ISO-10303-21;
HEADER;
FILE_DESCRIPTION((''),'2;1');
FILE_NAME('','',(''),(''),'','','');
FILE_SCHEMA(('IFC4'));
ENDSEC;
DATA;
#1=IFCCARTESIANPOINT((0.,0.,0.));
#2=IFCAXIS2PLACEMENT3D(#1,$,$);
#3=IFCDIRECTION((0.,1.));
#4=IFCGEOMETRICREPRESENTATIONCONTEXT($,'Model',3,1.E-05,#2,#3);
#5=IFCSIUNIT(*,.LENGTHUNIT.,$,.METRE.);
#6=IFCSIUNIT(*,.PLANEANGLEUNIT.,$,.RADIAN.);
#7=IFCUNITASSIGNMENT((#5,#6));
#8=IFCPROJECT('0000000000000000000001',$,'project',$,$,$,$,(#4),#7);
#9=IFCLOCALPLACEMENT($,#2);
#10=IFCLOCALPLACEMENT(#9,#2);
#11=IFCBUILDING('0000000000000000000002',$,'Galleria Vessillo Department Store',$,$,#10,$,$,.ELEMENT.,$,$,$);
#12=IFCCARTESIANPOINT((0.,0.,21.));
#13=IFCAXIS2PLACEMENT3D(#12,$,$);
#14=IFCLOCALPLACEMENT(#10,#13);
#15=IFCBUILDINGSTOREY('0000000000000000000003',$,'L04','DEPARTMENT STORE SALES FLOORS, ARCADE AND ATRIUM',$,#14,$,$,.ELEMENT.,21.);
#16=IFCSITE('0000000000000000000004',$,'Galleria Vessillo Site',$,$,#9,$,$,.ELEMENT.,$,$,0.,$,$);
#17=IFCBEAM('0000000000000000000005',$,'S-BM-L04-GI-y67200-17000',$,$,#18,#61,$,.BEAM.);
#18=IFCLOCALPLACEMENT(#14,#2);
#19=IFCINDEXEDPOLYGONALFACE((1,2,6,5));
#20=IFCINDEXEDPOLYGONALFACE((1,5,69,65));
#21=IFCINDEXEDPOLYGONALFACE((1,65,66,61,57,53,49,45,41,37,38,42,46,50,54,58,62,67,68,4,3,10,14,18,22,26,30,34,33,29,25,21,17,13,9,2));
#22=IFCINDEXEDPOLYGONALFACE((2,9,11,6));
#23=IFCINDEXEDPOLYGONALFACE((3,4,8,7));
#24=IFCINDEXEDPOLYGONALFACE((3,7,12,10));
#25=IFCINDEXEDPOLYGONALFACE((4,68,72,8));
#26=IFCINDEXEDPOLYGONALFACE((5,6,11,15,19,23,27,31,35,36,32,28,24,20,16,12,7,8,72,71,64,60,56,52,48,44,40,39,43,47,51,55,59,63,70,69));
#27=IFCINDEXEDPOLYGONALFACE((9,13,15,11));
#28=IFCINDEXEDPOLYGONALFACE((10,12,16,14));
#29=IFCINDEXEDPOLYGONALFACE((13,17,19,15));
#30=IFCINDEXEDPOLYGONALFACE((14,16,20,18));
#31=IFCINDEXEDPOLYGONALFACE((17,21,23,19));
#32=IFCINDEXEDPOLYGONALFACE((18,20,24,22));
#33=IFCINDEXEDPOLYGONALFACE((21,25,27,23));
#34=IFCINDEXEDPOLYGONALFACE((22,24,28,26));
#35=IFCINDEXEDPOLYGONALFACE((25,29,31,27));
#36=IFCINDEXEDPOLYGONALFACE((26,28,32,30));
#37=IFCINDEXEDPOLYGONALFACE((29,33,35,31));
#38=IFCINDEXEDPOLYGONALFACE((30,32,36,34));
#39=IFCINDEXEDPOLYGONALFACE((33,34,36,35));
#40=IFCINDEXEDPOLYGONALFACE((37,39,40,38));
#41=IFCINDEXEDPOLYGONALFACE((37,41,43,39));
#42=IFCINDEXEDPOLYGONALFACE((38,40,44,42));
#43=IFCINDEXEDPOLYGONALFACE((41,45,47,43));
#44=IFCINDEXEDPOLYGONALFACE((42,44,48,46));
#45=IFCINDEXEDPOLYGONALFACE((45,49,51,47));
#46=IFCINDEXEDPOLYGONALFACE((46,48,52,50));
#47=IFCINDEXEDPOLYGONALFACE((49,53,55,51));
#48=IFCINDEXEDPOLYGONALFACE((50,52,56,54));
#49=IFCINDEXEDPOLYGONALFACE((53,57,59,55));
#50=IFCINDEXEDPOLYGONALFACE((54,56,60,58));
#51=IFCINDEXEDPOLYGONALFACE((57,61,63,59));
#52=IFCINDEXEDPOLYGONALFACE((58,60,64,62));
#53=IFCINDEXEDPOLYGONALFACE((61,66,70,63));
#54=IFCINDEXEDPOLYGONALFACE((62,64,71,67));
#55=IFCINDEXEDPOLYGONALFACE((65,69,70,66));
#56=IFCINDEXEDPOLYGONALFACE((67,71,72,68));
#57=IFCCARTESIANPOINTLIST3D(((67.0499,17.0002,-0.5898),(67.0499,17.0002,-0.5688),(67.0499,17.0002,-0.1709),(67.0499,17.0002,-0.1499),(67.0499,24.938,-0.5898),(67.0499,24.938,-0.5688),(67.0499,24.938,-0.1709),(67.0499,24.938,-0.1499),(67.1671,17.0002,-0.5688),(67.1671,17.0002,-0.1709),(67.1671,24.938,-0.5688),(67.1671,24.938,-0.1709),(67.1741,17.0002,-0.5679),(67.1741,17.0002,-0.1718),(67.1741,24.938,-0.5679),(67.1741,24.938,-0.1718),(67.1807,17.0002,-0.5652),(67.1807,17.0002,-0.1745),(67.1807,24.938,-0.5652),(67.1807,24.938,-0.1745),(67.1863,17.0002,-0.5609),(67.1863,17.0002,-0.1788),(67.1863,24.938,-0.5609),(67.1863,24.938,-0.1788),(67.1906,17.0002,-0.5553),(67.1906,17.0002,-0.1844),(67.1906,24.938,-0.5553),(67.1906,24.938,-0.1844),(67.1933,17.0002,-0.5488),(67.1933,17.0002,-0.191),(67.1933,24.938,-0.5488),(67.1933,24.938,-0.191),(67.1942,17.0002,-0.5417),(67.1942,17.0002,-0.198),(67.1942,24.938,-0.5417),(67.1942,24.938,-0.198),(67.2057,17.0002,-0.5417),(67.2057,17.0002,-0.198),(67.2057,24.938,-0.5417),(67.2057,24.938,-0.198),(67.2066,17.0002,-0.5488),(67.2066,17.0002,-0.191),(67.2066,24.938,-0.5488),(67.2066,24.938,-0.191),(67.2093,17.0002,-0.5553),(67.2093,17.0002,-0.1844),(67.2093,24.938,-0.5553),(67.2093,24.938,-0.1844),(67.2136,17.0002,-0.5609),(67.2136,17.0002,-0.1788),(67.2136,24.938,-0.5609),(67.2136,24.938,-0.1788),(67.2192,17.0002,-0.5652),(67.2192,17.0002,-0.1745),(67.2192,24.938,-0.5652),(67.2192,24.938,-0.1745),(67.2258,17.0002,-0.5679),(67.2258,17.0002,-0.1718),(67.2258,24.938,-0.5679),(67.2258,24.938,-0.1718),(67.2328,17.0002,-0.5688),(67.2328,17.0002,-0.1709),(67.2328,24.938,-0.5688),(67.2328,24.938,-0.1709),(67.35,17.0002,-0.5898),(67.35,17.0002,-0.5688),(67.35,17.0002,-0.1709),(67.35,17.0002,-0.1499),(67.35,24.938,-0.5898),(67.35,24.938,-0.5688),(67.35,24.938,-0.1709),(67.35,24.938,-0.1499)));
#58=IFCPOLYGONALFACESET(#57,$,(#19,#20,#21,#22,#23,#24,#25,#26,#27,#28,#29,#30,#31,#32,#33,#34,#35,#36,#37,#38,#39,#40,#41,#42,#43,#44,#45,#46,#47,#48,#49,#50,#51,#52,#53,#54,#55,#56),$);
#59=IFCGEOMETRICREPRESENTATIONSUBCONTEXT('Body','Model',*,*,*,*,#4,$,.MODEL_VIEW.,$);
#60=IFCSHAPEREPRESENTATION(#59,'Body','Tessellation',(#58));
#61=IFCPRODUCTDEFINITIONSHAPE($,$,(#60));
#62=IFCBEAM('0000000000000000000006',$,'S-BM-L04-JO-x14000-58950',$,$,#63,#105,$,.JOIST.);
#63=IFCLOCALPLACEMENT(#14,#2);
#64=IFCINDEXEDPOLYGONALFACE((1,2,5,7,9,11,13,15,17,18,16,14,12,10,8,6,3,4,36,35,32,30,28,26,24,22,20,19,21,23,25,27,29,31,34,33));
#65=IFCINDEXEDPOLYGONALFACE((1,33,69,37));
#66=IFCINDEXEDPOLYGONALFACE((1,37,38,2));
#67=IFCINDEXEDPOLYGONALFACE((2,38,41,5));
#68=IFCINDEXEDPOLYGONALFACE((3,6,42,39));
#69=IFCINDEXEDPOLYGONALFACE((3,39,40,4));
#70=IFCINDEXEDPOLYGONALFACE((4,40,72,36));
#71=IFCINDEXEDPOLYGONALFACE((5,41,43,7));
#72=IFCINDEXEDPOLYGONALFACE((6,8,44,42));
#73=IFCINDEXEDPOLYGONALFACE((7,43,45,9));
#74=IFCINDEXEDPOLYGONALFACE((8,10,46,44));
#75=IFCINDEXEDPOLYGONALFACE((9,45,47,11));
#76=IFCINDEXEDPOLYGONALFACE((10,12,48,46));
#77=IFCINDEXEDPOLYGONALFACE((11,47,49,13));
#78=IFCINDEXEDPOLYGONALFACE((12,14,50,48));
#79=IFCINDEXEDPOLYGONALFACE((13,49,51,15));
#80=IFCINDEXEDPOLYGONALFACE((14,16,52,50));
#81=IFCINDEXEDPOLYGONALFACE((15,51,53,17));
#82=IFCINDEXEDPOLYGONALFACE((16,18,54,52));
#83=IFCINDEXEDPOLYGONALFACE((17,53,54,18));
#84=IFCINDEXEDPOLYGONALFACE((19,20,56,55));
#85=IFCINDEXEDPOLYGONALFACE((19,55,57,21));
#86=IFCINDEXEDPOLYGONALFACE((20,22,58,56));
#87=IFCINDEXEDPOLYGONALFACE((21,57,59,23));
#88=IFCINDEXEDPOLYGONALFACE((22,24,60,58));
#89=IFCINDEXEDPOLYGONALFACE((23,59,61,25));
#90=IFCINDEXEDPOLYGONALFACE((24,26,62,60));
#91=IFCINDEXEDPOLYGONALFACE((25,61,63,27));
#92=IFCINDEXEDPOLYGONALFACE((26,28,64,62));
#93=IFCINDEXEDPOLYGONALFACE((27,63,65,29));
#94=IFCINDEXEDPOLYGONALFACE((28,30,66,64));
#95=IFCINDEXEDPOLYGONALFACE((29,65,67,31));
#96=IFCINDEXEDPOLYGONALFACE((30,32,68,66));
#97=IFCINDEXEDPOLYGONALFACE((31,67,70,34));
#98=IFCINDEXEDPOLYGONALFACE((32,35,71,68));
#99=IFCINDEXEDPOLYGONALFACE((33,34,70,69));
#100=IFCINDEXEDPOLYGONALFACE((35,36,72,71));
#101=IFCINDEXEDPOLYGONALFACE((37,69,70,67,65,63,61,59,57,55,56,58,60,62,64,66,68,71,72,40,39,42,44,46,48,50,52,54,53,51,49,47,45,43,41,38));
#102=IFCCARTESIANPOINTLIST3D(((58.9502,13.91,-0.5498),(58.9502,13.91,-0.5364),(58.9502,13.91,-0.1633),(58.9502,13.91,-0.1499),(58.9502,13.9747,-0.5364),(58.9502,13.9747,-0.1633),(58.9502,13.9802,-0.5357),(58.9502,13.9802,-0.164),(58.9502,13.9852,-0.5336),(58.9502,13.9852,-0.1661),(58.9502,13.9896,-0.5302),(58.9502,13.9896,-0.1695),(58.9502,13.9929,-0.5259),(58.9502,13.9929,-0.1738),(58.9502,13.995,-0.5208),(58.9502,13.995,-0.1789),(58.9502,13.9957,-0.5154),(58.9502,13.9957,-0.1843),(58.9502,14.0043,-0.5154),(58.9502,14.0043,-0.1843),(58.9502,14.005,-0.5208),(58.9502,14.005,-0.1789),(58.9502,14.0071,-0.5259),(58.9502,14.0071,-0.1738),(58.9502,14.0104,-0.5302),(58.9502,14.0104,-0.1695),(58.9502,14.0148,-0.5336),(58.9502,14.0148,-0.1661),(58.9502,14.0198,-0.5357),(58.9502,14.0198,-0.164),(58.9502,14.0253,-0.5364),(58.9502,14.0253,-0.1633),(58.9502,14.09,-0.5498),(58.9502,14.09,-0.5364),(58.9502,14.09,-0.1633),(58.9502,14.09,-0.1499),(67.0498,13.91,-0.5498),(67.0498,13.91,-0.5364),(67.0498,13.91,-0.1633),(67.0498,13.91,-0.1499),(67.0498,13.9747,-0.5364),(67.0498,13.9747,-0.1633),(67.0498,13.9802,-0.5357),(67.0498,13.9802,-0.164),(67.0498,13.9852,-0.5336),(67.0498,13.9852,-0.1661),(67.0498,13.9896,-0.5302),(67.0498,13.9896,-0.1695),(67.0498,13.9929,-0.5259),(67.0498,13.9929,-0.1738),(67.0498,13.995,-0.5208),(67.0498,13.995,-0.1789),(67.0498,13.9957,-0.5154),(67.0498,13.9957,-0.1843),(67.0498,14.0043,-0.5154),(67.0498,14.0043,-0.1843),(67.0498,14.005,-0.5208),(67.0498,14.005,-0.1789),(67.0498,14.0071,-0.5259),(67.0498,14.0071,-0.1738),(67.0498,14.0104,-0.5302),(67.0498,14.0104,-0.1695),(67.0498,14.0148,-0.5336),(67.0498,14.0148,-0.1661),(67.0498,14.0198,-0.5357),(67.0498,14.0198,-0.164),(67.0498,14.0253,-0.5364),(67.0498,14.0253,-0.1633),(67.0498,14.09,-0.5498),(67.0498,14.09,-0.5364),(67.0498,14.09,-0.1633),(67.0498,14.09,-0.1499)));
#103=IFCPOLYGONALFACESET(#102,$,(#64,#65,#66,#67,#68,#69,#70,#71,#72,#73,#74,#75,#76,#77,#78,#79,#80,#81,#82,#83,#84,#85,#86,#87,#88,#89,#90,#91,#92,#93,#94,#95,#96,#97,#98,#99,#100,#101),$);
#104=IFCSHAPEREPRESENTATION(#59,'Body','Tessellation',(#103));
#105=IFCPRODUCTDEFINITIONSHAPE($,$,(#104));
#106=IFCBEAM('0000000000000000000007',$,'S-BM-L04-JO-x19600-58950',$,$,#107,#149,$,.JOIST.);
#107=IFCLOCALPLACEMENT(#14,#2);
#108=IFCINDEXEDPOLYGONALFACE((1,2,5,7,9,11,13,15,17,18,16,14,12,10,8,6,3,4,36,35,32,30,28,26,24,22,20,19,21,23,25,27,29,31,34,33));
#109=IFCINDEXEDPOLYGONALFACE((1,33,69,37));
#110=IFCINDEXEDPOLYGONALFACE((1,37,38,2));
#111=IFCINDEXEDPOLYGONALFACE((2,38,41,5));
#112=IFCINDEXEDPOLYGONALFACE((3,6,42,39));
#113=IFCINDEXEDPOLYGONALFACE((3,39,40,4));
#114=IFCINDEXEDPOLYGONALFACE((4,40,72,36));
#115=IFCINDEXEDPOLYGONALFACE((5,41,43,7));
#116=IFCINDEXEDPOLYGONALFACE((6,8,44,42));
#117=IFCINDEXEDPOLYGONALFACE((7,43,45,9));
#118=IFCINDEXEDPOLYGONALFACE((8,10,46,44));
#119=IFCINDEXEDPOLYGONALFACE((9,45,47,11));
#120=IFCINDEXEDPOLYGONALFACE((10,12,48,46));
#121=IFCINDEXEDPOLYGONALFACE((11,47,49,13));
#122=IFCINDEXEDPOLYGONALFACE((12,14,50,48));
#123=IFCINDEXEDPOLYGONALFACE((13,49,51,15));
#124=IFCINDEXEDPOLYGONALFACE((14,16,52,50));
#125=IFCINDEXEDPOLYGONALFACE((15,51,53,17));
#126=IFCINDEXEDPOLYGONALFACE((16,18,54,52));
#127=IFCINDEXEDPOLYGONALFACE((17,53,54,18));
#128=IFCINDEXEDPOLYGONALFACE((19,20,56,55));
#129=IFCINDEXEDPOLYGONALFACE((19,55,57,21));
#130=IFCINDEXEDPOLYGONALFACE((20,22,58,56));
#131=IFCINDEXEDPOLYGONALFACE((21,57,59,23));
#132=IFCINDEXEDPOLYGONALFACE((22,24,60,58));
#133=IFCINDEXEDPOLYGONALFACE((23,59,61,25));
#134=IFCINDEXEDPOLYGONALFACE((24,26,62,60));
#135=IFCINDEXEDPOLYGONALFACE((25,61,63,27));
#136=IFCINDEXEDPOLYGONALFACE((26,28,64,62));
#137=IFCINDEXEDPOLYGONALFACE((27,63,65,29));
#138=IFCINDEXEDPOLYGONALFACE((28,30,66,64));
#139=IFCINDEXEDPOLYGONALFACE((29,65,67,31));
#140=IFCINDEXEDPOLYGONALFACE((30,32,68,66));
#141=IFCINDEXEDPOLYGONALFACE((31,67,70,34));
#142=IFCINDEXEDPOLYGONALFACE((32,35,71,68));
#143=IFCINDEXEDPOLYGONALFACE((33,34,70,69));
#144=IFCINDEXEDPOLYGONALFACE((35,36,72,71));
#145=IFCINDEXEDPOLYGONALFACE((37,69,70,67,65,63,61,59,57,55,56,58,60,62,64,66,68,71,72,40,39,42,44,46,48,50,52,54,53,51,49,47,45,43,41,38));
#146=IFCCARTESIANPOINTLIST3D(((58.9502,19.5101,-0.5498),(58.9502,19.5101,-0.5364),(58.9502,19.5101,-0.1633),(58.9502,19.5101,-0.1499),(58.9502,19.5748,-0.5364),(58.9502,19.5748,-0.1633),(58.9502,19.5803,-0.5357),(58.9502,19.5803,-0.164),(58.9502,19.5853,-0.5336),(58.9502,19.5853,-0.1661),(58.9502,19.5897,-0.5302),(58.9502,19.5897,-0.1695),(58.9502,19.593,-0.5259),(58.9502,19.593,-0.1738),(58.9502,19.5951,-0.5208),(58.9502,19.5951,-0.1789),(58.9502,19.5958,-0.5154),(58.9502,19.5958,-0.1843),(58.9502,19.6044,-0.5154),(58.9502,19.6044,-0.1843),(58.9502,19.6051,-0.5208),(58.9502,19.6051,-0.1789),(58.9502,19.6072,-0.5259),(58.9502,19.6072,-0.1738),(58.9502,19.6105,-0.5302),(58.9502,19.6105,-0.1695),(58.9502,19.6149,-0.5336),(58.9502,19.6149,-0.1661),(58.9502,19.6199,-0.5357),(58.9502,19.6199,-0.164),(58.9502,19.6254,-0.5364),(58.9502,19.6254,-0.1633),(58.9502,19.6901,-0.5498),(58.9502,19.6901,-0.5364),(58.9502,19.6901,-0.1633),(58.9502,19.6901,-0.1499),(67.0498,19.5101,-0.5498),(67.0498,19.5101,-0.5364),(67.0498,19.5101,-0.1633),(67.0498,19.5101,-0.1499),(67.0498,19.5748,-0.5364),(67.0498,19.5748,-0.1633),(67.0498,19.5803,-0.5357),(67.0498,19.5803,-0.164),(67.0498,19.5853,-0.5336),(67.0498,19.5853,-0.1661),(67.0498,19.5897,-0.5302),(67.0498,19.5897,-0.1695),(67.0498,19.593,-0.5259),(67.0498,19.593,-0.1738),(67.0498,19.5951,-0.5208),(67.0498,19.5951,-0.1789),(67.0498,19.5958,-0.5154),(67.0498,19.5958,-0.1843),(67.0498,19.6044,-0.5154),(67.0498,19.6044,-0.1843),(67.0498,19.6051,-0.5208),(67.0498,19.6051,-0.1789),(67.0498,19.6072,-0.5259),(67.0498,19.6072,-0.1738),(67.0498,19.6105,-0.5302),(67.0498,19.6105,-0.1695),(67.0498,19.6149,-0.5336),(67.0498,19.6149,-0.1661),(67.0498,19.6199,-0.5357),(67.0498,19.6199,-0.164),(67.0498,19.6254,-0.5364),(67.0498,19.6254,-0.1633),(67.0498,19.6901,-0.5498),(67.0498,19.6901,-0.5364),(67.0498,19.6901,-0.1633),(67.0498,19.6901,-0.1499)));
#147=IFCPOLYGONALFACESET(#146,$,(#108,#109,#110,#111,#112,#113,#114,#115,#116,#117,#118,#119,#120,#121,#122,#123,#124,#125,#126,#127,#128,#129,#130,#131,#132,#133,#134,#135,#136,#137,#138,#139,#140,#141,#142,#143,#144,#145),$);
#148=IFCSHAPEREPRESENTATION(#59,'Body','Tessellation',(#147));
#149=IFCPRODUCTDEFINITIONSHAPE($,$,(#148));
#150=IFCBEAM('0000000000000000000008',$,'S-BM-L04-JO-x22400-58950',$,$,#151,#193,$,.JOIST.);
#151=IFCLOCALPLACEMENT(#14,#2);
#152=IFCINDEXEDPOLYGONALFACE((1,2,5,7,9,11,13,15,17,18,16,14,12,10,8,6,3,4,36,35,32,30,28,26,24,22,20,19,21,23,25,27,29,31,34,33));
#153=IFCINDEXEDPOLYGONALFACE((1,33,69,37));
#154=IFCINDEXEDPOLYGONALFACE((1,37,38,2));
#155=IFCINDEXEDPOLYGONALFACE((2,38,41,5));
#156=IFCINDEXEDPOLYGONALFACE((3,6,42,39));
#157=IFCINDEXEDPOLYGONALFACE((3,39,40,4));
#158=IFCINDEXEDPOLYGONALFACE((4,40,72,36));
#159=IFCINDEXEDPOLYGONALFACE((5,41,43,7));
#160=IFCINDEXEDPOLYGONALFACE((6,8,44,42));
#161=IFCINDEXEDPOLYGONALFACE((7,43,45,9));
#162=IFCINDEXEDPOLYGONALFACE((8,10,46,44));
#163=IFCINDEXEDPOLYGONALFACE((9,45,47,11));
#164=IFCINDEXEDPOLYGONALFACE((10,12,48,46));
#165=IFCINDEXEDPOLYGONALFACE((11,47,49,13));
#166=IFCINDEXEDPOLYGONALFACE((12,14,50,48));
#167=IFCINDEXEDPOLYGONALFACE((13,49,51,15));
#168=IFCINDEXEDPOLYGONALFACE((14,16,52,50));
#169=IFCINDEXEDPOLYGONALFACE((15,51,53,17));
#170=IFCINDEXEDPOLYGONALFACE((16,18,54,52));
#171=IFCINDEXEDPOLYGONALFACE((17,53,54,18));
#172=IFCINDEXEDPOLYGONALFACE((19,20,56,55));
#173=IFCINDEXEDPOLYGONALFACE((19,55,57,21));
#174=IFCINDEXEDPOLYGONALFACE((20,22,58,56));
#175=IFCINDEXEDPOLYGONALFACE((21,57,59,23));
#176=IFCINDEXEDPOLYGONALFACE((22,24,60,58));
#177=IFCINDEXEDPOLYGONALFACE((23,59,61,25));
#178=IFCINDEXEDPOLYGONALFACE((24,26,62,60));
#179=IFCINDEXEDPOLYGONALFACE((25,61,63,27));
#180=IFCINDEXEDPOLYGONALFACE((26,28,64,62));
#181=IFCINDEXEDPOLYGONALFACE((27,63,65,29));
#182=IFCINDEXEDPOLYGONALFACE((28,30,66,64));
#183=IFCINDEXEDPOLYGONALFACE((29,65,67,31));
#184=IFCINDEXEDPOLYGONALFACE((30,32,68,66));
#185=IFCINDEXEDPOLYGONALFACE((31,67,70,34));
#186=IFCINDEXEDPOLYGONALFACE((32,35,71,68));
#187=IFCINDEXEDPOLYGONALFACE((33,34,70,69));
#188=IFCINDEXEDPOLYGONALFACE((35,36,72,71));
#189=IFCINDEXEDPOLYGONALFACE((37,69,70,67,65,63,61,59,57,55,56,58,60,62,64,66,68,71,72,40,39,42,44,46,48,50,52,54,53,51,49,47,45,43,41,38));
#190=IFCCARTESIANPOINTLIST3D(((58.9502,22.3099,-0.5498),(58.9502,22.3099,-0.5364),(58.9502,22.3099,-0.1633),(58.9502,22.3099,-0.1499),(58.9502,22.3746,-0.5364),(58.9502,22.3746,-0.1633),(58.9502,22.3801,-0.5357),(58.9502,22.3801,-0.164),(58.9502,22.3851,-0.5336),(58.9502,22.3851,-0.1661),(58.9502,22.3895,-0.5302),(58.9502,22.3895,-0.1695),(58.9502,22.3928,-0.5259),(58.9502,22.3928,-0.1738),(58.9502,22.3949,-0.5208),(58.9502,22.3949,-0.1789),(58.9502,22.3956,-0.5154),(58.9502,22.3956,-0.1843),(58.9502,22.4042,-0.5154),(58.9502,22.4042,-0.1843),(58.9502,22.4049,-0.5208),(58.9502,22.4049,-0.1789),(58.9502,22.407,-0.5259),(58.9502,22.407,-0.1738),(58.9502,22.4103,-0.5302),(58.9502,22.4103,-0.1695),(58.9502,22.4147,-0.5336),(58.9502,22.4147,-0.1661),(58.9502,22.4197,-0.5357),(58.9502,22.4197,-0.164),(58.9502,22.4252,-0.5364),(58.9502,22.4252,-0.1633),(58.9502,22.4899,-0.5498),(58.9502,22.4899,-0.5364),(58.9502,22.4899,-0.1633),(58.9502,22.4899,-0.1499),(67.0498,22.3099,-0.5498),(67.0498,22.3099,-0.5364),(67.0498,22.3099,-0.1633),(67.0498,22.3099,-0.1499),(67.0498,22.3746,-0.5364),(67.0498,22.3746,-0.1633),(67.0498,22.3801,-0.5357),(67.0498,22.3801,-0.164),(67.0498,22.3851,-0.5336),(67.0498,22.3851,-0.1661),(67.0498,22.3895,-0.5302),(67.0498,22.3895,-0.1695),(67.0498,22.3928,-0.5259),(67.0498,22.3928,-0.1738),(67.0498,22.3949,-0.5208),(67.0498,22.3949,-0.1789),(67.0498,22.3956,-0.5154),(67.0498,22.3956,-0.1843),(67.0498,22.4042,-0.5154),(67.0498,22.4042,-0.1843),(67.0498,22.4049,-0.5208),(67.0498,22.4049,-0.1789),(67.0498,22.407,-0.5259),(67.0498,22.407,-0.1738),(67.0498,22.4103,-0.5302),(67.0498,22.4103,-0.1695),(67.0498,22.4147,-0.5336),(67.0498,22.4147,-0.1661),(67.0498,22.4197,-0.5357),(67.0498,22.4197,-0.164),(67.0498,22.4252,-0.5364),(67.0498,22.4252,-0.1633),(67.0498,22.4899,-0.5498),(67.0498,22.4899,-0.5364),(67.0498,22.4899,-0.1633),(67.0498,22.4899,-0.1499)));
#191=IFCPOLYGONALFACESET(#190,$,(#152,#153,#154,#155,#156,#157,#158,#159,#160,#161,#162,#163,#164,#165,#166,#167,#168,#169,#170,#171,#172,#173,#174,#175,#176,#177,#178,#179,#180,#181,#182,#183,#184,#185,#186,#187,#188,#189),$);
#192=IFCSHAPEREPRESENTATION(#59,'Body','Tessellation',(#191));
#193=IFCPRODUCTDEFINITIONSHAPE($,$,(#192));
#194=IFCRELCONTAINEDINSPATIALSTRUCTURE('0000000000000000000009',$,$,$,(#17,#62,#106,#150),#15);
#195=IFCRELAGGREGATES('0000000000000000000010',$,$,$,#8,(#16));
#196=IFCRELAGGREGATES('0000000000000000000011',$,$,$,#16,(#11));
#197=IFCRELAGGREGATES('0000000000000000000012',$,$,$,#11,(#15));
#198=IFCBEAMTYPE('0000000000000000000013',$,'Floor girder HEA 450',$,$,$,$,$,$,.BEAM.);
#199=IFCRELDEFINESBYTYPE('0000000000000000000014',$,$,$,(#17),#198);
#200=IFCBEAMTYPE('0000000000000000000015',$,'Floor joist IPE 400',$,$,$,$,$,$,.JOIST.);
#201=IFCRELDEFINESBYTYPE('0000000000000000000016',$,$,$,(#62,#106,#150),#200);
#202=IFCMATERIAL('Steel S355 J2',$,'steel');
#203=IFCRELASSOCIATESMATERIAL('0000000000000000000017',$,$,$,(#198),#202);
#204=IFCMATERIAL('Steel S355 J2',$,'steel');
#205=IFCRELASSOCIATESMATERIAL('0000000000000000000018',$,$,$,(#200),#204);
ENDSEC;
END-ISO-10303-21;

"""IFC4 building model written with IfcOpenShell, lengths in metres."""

from ifc_helpers import new_model, si_unit, direction, frame, origin, origin_2d, place, context, subcontext, project, spatial, i_section, extrude, material, material_profile, profile_set, type_object, element, save


model = new_model("IFC4")

# Units and contexts
model_context = context("Model", 3, precision=1e-05, world=origin(), true_north=direction((0.0, 1.0)))
body_context = subcontext(model_context, "Body", "Model", "MODEL_VIEW")
ifc_project = project(units=[si_unit("LENGTHUNIT", "METRE"), si_unit("PLANEANGLEUNIT", "RADIAN")], contexts=[model_context])

# Site, building, storey
site_placement = place(None, origin())
site = spatial("IfcSite", under=ifc_project, at=site_placement, Name="Galleria Vessillo Site", CompositionType="ELEMENT", RefElevation=0.0)
building_placement = place(site_placement, origin())
building = spatial("IfcBuilding", under=site, at=building_placement, Name="Galleria Vessillo Department Store", CompositionType="ELEMENT")
storey_placement = place(building_placement, frame((0.0, 0.0, 21.0)))
storey = spatial("IfcBuildingStorey", under=building, at=storey_placement, Name="L04", Description="DEPARTMENT STORE SALES FLOORS, ARCADE AND ATRIUM", CompositionType="ELEMENT", Elevation=21.0)

# Beams
ifc_material_1 = material(Name="Steel S355 J2", Category="steel")
ifc_material_profile_1 = material_profile(ifc_material_1, i_section(OverallWidth=0.3, OverallDepth=0.4399, WebThickness=0.0115, FlangeThickness=0.021, FilletRadius=0.0271, at=origin_2d()), Name="HEA 450")
ifc_profile_set_1 = profile_set([ifc_material_profile_1], Name="Steel S355 J2")
beam_type_1 = type_object("IfcBeamType", Name="Floor girder HEA 450", PredefinedType="BEAM", material=ifc_profile_set_1)
for number, where, z_axis, x_axis, name in (
    (1, (67.2, 17.0002, -0.3699), (0.0, 1.0, 0.0), (-1.0, 0.0, 0.0), "S-BM-L04-GI-y67200-17000"),
):
    element("IfcBeam", number, at=place(storey_placement, frame(where, z_axis=z_axis, x_axis=x_axis)), inside=storey, type_object=beam_type_1, Name=name, PredefinedType="BEAM", context=body_context, shape_type="SweptSolid", body=[
        extrude(i_section(OverallWidth=0.3, OverallDepth=0.4399, WebThickness=0.0115, FlangeThickness=0.021, FilletRadius=0.0271, at=origin_2d()), origin(), (0.0, 0.0, 1.0), 7.9377),
    ])
ifc_material_2 = material(Name="Steel S355 J2", Category="steel")
ifc_material_profile_2 = material_profile(ifc_material_2, i_section(OverallWidth=0.1799, OverallDepth=0.3999, WebThickness=0.0085, FlangeThickness=0.0134, FilletRadius=0.021, at=origin_2d()), Name="IPE 400")
ifc_profile_set_2 = profile_set([ifc_material_profile_2], Name="Steel S355 J2")
beam_type_2 = type_object("IfcBeamType", Name="Floor joist IPE 400", PredefinedType="JOIST", material=ifc_profile_set_2)
for number, where, z_axis, x_axis, name in (
    (2, (58.9502, 14.0, -0.3499), (1.0, 0.0, 0.0), (0.0, 1.0, 0.0), "S-BM-L04-JO-x14000-58950"),
    (3, (58.9502, 19.6001, -0.3499), (1.0, 0.0, 0.0), (0.0, 1.0, 0.0), "S-BM-L04-JO-x19600-58950"),
    (4, (58.9502, 22.3999, -0.3499), (1.0, 0.0, 0.0), (0.0, 1.0, 0.0), "S-BM-L04-JO-x22400-58950"),
):
    element("IfcBeam", number, at=place(storey_placement, frame(where, z_axis=z_axis, x_axis=x_axis)), inside=storey, type_object=beam_type_2, Name=name, PredefinedType="JOIST", context=body_context, shape_type="SweptSolid", body=[
        extrude(i_section(OverallWidth=0.1799, OverallDepth=0.3999, WebThickness=0.0085, FlangeThickness=0.0134, FilletRadius=0.021, at=origin_2d()), origin(), (0.0, 0.0, 1.0), 8.0996),
    ])

save(model, "model.ifc")
